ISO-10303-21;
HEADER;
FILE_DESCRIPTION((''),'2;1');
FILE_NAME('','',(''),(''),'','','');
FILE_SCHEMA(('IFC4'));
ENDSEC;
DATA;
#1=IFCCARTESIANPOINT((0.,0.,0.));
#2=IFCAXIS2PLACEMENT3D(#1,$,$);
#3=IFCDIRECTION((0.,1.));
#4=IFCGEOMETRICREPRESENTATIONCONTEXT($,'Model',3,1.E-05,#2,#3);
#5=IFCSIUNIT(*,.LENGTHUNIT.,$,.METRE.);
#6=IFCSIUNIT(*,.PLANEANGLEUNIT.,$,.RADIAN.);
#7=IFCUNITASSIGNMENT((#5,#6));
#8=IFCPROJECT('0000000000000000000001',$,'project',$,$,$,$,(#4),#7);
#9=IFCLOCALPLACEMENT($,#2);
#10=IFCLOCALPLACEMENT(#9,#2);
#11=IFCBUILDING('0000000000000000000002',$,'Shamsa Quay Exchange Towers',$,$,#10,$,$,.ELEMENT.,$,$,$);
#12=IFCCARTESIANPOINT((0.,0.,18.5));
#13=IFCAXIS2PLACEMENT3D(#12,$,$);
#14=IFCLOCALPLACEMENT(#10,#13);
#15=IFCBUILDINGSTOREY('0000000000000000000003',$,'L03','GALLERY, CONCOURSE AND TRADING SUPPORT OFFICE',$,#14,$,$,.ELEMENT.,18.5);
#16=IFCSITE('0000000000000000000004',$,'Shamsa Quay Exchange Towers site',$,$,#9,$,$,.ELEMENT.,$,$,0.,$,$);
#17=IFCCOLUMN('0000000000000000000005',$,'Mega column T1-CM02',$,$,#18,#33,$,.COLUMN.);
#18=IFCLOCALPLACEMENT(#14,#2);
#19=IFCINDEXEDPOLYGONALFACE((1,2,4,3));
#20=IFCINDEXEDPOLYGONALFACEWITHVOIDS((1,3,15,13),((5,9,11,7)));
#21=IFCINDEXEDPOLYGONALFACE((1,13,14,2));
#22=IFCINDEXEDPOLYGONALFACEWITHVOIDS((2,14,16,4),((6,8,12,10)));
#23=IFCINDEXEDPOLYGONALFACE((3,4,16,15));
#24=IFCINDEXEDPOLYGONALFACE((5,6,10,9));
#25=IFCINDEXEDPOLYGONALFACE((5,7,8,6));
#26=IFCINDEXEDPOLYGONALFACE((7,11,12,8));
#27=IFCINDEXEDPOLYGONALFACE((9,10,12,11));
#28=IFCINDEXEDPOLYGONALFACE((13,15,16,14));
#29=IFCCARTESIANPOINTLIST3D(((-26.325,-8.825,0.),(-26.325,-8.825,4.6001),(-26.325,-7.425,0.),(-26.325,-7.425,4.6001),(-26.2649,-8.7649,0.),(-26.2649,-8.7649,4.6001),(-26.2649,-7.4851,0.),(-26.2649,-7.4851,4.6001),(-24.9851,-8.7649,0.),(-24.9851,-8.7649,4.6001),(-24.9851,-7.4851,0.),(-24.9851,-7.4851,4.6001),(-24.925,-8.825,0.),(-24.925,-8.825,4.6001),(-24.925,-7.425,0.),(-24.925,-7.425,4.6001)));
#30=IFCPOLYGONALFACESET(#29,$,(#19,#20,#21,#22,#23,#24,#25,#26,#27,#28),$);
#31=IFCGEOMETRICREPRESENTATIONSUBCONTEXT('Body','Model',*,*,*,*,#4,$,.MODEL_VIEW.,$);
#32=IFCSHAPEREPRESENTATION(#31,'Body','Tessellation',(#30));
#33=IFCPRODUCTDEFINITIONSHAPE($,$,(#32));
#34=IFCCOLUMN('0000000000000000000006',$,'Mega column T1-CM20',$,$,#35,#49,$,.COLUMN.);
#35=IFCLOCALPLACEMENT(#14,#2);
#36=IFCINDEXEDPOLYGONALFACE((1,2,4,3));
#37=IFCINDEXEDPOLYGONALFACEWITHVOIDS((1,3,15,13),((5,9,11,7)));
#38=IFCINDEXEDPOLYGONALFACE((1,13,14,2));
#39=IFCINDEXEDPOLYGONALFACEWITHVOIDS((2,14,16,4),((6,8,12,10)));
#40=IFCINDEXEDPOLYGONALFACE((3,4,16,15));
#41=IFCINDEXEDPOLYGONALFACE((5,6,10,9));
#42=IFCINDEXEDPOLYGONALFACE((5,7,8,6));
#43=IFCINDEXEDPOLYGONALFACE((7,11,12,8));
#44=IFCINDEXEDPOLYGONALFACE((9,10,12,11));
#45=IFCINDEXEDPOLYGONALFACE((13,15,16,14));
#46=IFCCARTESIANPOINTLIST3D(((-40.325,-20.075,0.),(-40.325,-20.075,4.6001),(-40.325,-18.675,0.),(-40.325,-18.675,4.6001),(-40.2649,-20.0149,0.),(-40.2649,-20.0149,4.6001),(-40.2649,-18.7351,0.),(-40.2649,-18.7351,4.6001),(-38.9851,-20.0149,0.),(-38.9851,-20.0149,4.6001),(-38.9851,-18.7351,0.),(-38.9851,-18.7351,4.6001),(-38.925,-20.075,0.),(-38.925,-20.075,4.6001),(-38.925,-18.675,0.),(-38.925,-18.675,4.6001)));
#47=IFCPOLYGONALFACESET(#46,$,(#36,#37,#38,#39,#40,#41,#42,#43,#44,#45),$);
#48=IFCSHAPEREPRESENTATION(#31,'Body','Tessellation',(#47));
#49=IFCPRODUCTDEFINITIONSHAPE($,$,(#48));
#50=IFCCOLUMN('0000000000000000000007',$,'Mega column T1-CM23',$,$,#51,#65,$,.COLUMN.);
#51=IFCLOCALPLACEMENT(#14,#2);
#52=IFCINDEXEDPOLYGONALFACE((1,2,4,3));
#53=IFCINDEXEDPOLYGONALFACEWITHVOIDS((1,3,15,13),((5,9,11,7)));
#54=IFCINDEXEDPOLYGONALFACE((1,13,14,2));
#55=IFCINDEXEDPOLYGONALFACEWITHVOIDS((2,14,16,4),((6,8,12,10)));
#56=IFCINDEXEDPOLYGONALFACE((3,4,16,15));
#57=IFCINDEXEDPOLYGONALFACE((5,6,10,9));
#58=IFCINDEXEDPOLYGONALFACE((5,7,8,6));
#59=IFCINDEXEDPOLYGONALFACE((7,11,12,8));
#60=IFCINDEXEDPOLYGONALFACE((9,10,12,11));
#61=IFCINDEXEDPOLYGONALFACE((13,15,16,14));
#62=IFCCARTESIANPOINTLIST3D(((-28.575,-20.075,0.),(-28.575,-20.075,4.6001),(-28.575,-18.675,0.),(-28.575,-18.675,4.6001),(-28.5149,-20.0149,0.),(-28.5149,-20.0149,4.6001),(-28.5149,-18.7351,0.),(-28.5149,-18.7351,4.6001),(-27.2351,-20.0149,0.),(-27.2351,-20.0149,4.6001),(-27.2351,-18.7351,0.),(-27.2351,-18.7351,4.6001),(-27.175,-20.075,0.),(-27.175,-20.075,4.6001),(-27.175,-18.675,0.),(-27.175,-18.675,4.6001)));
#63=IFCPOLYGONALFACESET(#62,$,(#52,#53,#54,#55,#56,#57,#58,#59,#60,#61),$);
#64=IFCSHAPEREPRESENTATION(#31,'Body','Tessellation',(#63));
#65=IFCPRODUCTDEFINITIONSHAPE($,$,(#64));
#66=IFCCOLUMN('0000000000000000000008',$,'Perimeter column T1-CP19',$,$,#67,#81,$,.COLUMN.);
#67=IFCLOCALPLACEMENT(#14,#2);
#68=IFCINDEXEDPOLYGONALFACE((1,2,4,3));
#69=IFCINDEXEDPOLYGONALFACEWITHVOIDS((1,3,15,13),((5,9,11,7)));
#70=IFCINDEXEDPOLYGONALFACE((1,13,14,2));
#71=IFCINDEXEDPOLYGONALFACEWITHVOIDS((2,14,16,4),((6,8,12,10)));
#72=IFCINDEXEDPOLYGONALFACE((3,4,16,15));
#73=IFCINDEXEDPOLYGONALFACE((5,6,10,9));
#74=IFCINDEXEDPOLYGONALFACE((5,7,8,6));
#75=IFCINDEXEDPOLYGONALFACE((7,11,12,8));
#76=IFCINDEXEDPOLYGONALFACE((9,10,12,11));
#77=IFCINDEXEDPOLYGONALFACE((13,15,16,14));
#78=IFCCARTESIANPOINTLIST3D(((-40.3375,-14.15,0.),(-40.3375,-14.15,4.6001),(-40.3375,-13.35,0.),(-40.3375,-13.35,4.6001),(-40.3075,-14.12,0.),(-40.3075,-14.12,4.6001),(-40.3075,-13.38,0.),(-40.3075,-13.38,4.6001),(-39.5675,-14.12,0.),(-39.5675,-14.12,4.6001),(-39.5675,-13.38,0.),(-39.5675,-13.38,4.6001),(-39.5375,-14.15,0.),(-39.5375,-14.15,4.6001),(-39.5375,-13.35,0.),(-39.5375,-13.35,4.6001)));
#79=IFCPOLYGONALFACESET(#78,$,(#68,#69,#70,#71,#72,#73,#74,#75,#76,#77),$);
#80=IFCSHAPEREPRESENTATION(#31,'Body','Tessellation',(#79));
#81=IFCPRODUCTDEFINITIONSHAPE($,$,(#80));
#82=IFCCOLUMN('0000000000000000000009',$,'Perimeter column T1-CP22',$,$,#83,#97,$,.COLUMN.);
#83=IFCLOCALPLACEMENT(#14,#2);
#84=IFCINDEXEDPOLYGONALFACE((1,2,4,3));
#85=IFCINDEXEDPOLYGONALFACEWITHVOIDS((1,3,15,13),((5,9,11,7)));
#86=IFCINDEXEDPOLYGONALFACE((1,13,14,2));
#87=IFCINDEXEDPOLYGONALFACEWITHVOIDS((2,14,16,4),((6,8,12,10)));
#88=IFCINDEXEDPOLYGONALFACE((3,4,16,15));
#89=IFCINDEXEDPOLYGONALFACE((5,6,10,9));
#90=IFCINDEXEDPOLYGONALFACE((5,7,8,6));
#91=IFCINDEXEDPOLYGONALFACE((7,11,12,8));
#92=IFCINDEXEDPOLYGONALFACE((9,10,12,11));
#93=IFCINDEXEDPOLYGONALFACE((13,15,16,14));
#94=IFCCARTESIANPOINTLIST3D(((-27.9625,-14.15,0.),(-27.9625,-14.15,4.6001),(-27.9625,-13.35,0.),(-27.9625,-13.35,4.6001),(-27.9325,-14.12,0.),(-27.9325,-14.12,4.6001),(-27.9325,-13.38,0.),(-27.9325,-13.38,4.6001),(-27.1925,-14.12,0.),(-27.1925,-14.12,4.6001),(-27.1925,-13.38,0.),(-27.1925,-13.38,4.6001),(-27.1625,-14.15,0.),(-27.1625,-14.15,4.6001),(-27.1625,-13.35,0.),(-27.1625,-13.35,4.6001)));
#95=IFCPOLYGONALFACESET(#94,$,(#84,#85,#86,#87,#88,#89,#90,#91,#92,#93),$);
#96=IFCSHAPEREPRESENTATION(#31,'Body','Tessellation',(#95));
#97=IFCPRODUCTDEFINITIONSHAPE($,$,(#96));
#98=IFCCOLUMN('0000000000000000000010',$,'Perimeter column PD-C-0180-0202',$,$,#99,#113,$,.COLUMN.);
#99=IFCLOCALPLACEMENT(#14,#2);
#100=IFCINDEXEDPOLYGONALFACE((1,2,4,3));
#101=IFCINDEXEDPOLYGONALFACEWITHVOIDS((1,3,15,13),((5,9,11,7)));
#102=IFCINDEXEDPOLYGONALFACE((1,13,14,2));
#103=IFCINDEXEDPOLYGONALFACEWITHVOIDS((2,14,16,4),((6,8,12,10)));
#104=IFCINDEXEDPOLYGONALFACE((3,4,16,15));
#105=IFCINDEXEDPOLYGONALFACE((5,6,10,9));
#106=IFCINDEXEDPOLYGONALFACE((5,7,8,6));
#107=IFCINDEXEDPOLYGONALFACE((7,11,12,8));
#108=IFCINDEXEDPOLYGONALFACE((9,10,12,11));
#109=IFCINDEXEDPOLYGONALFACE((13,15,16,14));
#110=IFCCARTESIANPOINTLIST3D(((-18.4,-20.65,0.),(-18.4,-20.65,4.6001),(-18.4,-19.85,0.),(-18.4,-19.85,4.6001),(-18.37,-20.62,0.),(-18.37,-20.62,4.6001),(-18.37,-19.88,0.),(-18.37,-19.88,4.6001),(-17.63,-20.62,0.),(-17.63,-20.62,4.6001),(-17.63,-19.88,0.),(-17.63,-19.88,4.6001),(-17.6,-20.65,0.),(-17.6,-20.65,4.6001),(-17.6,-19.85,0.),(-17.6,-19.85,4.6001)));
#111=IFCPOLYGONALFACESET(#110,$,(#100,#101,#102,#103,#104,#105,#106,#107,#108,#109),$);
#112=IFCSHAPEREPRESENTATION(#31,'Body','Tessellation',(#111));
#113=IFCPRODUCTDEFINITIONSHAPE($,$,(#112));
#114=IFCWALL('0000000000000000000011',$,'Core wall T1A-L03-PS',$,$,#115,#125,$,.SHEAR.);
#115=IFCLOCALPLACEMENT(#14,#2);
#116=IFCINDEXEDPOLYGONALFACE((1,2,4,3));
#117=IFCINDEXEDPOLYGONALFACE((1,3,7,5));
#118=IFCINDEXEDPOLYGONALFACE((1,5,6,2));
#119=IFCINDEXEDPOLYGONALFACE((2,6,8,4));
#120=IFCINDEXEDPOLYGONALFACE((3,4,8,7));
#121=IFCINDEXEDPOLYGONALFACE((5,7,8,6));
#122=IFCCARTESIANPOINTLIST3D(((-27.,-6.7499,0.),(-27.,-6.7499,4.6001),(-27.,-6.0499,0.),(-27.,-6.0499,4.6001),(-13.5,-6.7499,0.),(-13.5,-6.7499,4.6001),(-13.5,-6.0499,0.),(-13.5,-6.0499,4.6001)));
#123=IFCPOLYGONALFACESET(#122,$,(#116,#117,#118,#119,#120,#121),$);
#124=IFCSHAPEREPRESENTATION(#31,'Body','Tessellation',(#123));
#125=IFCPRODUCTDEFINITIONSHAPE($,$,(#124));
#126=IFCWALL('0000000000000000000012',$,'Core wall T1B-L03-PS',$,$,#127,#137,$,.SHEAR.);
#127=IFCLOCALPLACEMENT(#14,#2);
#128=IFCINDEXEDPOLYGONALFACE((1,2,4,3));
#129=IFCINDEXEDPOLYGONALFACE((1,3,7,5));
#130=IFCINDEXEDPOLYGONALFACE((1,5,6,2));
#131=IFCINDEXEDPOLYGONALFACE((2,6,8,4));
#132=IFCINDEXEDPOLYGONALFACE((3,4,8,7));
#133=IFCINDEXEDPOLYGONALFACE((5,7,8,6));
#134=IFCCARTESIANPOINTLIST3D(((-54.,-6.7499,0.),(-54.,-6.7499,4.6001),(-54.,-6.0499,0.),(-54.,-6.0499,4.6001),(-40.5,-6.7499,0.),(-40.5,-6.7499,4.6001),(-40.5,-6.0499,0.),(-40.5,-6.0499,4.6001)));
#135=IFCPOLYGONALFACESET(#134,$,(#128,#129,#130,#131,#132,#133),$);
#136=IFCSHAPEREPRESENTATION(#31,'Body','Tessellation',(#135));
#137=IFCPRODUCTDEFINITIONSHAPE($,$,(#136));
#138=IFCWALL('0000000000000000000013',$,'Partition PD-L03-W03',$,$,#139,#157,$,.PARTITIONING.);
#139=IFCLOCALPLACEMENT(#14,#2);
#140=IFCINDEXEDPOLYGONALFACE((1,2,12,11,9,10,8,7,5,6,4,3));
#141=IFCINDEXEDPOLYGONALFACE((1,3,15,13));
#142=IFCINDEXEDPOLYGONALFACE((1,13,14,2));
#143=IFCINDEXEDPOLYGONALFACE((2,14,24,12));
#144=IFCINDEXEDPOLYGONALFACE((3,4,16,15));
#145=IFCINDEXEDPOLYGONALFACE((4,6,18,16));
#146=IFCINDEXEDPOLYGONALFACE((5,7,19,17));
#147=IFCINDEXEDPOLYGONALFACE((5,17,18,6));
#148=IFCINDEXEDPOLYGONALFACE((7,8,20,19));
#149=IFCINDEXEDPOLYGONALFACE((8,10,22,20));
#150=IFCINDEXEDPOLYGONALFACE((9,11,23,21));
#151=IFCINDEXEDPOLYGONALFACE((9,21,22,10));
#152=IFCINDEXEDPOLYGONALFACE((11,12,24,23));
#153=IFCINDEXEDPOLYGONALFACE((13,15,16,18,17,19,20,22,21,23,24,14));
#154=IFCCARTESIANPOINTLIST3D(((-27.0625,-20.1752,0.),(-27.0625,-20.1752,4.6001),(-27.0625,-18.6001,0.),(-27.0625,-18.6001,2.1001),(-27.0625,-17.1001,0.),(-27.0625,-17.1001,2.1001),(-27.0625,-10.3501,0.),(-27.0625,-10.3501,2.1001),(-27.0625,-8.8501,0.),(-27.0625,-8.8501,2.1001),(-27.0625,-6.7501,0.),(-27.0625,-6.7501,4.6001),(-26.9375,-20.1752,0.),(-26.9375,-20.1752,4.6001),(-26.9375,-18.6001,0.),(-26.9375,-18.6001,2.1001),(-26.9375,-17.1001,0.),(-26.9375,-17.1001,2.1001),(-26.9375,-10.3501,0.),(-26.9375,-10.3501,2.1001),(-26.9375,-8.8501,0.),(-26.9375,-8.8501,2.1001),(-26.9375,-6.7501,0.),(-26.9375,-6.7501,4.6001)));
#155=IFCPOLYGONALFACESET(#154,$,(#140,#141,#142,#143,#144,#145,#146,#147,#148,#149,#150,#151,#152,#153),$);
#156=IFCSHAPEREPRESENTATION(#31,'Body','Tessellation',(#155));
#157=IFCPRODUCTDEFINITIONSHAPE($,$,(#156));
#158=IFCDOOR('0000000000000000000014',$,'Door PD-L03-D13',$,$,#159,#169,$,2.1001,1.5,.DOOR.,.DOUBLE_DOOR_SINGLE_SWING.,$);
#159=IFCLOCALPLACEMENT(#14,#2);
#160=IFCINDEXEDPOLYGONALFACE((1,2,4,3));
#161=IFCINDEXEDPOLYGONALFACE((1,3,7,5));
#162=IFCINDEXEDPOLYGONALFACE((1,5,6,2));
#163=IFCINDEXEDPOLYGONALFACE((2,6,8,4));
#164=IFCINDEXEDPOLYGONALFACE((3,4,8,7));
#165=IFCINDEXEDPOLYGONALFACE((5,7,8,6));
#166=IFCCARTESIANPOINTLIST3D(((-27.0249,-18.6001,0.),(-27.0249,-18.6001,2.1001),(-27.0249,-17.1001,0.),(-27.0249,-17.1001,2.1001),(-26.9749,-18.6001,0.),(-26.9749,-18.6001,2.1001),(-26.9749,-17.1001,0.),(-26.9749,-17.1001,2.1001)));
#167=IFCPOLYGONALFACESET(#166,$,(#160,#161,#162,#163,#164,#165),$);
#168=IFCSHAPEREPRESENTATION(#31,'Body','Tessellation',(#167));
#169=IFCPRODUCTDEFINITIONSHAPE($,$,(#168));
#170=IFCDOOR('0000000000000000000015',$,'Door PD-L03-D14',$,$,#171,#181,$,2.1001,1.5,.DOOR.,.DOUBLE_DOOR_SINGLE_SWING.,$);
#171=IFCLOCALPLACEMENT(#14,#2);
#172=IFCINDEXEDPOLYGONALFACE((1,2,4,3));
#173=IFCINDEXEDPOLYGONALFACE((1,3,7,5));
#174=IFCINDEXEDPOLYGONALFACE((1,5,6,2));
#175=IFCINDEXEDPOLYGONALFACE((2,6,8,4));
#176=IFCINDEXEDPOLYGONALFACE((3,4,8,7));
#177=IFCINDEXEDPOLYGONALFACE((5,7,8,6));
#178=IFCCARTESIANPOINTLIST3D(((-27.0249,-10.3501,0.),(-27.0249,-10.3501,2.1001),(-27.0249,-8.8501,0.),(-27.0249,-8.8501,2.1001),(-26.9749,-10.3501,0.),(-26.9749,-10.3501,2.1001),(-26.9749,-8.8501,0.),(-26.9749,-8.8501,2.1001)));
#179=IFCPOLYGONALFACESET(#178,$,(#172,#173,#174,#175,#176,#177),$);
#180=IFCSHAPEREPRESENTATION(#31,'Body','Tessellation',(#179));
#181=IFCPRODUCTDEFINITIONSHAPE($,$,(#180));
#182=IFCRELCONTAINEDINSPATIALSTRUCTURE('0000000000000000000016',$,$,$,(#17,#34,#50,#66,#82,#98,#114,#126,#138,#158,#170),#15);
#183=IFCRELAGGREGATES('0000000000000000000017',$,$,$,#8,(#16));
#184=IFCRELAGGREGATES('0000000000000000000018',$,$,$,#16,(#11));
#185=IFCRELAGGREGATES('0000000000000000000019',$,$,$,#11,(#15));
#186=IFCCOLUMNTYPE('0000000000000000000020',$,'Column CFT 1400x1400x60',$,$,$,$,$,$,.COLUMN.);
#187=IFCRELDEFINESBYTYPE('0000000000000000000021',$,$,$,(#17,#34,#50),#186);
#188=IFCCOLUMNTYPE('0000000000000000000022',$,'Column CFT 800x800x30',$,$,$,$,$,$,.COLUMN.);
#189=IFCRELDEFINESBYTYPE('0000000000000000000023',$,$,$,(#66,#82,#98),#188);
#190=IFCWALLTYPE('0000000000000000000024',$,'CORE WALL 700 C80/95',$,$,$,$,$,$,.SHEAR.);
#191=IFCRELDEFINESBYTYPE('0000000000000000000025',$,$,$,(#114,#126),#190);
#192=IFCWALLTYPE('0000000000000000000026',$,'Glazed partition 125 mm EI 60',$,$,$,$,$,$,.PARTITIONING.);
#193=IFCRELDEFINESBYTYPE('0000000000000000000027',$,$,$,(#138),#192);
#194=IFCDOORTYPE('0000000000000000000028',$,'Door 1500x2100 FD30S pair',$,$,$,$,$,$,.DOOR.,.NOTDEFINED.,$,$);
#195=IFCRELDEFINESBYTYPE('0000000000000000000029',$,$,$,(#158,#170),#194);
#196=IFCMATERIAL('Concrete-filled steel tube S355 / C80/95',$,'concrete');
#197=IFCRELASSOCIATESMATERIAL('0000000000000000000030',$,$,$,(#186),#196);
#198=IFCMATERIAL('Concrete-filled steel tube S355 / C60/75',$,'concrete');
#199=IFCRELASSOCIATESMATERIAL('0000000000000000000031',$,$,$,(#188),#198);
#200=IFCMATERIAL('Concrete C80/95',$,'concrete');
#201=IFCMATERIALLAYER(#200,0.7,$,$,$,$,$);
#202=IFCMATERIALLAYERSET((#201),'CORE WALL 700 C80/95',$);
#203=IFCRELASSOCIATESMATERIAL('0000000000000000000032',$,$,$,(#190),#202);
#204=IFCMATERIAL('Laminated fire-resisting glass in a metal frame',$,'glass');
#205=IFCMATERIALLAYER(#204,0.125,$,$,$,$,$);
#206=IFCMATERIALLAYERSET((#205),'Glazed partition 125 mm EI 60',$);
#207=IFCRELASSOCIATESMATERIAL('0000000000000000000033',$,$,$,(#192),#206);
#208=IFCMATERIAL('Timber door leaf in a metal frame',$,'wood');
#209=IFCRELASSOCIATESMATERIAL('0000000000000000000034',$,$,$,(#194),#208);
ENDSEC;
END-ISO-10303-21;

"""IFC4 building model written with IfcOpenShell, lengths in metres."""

from ifc_helpers import new_model, si_unit, direction, frame, frame_2d, origin, origin_2d, place, context, subcontext, project, spatial, rectangle, hollow_rectangle, extrude, material, layer, layer_set, material_profile, profile_set, type_object, element, fill, save


model = new_model("IFC4")

# Units and contexts
model_context = context("Model", 3, precision=1e-05, world=origin(), true_north=direction((0.0, 1.0)))
body_context = subcontext(model_context, "Body", "Model", "MODEL_VIEW")
ifc_project = project(units=[si_unit("LENGTHUNIT", "METRE"), si_unit("PLANEANGLEUNIT", "RADIAN")], contexts=[model_context])

# Site, building, storey
site_placement = place(None, origin())
site = spatial("IfcSite", under=ifc_project, at=site_placement, Name="Shamsa Quay Exchange Towers site", CompositionType="ELEMENT", RefElevation=0.0)
building_placement = place(site_placement, origin())
building = spatial("IfcBuilding", under=site, at=building_placement, Name="Shamsa Quay Exchange Towers", CompositionType="ELEMENT")
storey_placement = place(building_placement, frame((0.0, 0.0, 18.5)))
storey = spatial("IfcBuildingStorey", under=building, at=storey_placement, Name="L03", Description="GALLERY, CONCOURSE AND TRADING SUPPORT OFFICE", CompositionType="ELEMENT", Elevation=18.5)

# Columns
ifc_material_1 = material(Name="Concrete-filled steel tube S355 / C80/95", Category="concrete")
ifc_material_profile_1 = material_profile(ifc_material_1, hollow_rectangle(XDim=1.3999, YDim=1.3999, WallThickness=0.0601, at=origin_2d()), Name="CFT 1400x1400x60")
ifc_profile_set_1 = profile_set([ifc_material_profile_1], Name="Concrete-filled steel tube S355 / C80/95")
column_type_1 = type_object("IfcColumnType", Name="Column CFT 1400x1400x60", PredefinedType="COLUMN", material=ifc_profile_set_1)
for number, where, name in (
    (1, (-25.625, -8.125, 0.0), "Mega column T1-CM02"),
    (2, (-39.625, -19.375, 0.0), "Mega column T1-CM20"),
    (3, (-27.875, -19.375, 0.0), "Mega column T1-CM23"),
):
    element("IfcColumn", number, at=place(storey_placement, frame(where)), inside=storey, type_object=column_type_1, Name=name, PredefinedType="COLUMN", context=body_context, shape_type="SweptSolid", body=[
        extrude(hollow_rectangle(XDim=1.3999, YDim=1.3999, WallThickness=0.0601, at=origin_2d()), origin(), (0.0, 0.0, 1.0), 4.6001),
    ])
ifc_material_2 = material(Name="Concrete-filled steel tube S355 / C60/75", Category="concrete")
ifc_material_profile_2 = material_profile(ifc_material_2, hollow_rectangle(XDim=0.8, YDim=0.8, WallThickness=0.03, at=origin_2d()), Name="CFT 800x800x30")
ifc_profile_set_2 = profile_set([ifc_material_profile_2], Name="Concrete-filled steel tube S355 / C60/75")
column_type_2 = type_object("IfcColumnType", Name="Column CFT 800x800x30", PredefinedType="COLUMN", material=ifc_profile_set_2)
for number, where, name in (
    (4, (-39.9375, -13.75, 0.0), "Perimeter column T1-CP19"),
    (5, (-27.5625, -13.75, 0.0), "Perimeter column T1-CP22"),
    (6, (-18.0, -20.25, 0.0), "Perimeter column PD-C-0180-0202"),
):
    element("IfcColumn", number, at=place(storey_placement, frame(where)), inside=storey, type_object=column_type_2, Name=name, PredefinedType="COLUMN", context=body_context, shape_type="SweptSolid", body=[
        extrude(hollow_rectangle(XDim=0.8, YDim=0.8, WallThickness=0.03, at=origin_2d()), origin(), (0.0, 0.0, 1.0), 4.6001),
    ])

# Walls
ifc_material_3 = material(Name="Concrete C80/95", Category="concrete")
ifc_layer_1 = layer(ifc_material_3, 0.7)
ifc_layer_set_1 = layer_set([ifc_layer_1], Name="CORE WALL 700 C80/95")
wall_type_1 = type_object("IfcWallType", Name="CORE WALL 700 C80/95", PredefinedType="SHEAR", material=ifc_layer_set_1)
wall_1_placement = place(storey_placement, frame((-27.0, -6.3999, 0.0)))
element("IfcWall", 7, at=wall_1_placement, inside=storey, type_object=wall_type_1, Name="Core wall T1A-L03-PS", PredefinedType="SHEAR", context=body_context, shape_type="SweptSolid", body=[
    extrude(rectangle(XDim=13.5, YDim=0.7, at=frame_2d((6.75, 0.0))), origin(), (0.0, 0.0, 1.0), 4.6001),
])
wall_2_placement = place(storey_placement, frame((-40.5, -6.3999, 0.0), z_axis=(0.0, 0.0, 1.0), x_axis=(-1.0, 0.0, 0.0)))
element("IfcWall", 8, at=wall_2_placement, inside=storey, type_object=wall_type_1, Name="Core wall T1B-L03-PS", PredefinedType="SHEAR", context=body_context, shape_type="SweptSolid", body=[
    extrude(rectangle(XDim=13.5, YDim=0.7, at=frame_2d((6.75, 0.0))), origin(), (0.0, 0.0, 1.0), 4.6001),
])

# Wall, openings, doors
ifc_material_4 = material(Name="Laminated fire-resisting glass in a metal frame", Category="glass")
ifc_layer_2 = layer(ifc_material_4, 0.125)
ifc_layer_set_2 = layer_set([ifc_layer_2], Name="Glazed partition 125 mm EI 60")
wall_type_2 = type_object("IfcWallType", Name="Glazed partition 125 mm EI 60", PredefinedType="PARTITIONING", material=ifc_layer_set_2)
wall_3_placement = place(storey_placement, frame((-27.0, -20.175, 0.0), z_axis=(0.0, 0.0, 1.0), x_axis=(0.0, 1.0, 0.0)))
wall_3 = element("IfcWall", 9, at=wall_3_placement, inside=storey, type_object=wall_type_2, Name="Partition PD-L03-W03", PredefinedType="PARTITIONING", context=body_context, shape_type="SweptSolid", body=[
    extrude(rectangle(XDim=13.425, YDim=0.125, at=frame_2d((6.7124, 0.0))), origin(), (0.0, 0.0, 1.0), 4.6001),
])
opening_1_placement = place(wall_3_placement, frame((1.575, 0.0, 0.0)))
opening_1 = element("IfcOpeningElement", 10, at=opening_1_placement, cuts=wall_3, PredefinedType="OPENING", context=body_context, shape_type="SweptSolid", body=[
    extrude(rectangle(XDim=1.5, YDim=2.1001, at=frame_2d((0.75, 1.05))), frame((0.0, 0.0725, 0.0), z_axis=(0.0, -1.0, 0.0), x_axis=(1.0, 0.0, 0.0)), (0.0, 0.0, 1.0), 0.145),
])
opening_2_placement = place(wall_3_placement, frame((9.825, 0.0, 0.0)))
opening_2 = element("IfcOpeningElement", 11, at=opening_2_placement, cuts=wall_3, PredefinedType="OPENING", context=body_context, shape_type="SweptSolid", body=[
    extrude(rectangle(XDim=1.5, YDim=2.1001, at=frame_2d((0.75, 1.05))), frame((0.0, 0.0725, 0.0), z_axis=(0.0, -1.0, 0.0), x_axis=(1.0, 0.0, 0.0)), (0.0, 0.0, 1.0), 0.145),
])
ifc_material_5 = material(Name="Timber door leaf in a metal frame", Category="wood")
door_type_1 = type_object("IfcDoorType", Name="Door 1500x2100 FD30S pair", OperationType="NOTDEFINED", PredefinedType="DOOR", material=ifc_material_5)
door_1_placement = place(opening_1_placement, origin())
door_1 = element("IfcDoor", 12, at=door_1_placement, inside=storey, type_object=door_type_1, Name="Door PD-L03-D13", OperationType="DOUBLE_DOOR_SINGLE_SWING", OverallHeight=2.1001, OverallWidth=1.5, PredefinedType="DOOR", context=body_context, shape_type="SweptSolid", body=[
    extrude(rectangle(XDim=1.5, YDim=2.1001, at=frame_2d((0.75, 1.05))), frame((0.0, 0.0249, 0.0), z_axis=(0.0, -1.0, 0.0), x_axis=(1.0, 0.0, 0.0)), (0.0, 0.0, 1.0), 0.05),
])
fill(opening_1, door_1)
door_2_placement = place(opening_2_placement, origin())
door_2 = element("IfcDoor", 13, at=door_2_placement, inside=storey, type_object=door_type_1, Name="Door PD-L03-D14", OperationType="DOUBLE_DOOR_SINGLE_SWING", OverallHeight=2.1001, OverallWidth=1.5, PredefinedType="DOOR", context=body_context, shape_type="SweptSolid", body=[
    extrude(rectangle(XDim=1.5, YDim=2.1001, at=frame_2d((0.75, 1.05))), frame((0.0, 0.0249, 0.0), z_axis=(0.0, -1.0, 0.0), x_axis=(1.0, 0.0, 0.0)), (0.0, 0.0, 1.0), 0.05),
])
fill(opening_2, door_2)

save(model, "model.ifc")
